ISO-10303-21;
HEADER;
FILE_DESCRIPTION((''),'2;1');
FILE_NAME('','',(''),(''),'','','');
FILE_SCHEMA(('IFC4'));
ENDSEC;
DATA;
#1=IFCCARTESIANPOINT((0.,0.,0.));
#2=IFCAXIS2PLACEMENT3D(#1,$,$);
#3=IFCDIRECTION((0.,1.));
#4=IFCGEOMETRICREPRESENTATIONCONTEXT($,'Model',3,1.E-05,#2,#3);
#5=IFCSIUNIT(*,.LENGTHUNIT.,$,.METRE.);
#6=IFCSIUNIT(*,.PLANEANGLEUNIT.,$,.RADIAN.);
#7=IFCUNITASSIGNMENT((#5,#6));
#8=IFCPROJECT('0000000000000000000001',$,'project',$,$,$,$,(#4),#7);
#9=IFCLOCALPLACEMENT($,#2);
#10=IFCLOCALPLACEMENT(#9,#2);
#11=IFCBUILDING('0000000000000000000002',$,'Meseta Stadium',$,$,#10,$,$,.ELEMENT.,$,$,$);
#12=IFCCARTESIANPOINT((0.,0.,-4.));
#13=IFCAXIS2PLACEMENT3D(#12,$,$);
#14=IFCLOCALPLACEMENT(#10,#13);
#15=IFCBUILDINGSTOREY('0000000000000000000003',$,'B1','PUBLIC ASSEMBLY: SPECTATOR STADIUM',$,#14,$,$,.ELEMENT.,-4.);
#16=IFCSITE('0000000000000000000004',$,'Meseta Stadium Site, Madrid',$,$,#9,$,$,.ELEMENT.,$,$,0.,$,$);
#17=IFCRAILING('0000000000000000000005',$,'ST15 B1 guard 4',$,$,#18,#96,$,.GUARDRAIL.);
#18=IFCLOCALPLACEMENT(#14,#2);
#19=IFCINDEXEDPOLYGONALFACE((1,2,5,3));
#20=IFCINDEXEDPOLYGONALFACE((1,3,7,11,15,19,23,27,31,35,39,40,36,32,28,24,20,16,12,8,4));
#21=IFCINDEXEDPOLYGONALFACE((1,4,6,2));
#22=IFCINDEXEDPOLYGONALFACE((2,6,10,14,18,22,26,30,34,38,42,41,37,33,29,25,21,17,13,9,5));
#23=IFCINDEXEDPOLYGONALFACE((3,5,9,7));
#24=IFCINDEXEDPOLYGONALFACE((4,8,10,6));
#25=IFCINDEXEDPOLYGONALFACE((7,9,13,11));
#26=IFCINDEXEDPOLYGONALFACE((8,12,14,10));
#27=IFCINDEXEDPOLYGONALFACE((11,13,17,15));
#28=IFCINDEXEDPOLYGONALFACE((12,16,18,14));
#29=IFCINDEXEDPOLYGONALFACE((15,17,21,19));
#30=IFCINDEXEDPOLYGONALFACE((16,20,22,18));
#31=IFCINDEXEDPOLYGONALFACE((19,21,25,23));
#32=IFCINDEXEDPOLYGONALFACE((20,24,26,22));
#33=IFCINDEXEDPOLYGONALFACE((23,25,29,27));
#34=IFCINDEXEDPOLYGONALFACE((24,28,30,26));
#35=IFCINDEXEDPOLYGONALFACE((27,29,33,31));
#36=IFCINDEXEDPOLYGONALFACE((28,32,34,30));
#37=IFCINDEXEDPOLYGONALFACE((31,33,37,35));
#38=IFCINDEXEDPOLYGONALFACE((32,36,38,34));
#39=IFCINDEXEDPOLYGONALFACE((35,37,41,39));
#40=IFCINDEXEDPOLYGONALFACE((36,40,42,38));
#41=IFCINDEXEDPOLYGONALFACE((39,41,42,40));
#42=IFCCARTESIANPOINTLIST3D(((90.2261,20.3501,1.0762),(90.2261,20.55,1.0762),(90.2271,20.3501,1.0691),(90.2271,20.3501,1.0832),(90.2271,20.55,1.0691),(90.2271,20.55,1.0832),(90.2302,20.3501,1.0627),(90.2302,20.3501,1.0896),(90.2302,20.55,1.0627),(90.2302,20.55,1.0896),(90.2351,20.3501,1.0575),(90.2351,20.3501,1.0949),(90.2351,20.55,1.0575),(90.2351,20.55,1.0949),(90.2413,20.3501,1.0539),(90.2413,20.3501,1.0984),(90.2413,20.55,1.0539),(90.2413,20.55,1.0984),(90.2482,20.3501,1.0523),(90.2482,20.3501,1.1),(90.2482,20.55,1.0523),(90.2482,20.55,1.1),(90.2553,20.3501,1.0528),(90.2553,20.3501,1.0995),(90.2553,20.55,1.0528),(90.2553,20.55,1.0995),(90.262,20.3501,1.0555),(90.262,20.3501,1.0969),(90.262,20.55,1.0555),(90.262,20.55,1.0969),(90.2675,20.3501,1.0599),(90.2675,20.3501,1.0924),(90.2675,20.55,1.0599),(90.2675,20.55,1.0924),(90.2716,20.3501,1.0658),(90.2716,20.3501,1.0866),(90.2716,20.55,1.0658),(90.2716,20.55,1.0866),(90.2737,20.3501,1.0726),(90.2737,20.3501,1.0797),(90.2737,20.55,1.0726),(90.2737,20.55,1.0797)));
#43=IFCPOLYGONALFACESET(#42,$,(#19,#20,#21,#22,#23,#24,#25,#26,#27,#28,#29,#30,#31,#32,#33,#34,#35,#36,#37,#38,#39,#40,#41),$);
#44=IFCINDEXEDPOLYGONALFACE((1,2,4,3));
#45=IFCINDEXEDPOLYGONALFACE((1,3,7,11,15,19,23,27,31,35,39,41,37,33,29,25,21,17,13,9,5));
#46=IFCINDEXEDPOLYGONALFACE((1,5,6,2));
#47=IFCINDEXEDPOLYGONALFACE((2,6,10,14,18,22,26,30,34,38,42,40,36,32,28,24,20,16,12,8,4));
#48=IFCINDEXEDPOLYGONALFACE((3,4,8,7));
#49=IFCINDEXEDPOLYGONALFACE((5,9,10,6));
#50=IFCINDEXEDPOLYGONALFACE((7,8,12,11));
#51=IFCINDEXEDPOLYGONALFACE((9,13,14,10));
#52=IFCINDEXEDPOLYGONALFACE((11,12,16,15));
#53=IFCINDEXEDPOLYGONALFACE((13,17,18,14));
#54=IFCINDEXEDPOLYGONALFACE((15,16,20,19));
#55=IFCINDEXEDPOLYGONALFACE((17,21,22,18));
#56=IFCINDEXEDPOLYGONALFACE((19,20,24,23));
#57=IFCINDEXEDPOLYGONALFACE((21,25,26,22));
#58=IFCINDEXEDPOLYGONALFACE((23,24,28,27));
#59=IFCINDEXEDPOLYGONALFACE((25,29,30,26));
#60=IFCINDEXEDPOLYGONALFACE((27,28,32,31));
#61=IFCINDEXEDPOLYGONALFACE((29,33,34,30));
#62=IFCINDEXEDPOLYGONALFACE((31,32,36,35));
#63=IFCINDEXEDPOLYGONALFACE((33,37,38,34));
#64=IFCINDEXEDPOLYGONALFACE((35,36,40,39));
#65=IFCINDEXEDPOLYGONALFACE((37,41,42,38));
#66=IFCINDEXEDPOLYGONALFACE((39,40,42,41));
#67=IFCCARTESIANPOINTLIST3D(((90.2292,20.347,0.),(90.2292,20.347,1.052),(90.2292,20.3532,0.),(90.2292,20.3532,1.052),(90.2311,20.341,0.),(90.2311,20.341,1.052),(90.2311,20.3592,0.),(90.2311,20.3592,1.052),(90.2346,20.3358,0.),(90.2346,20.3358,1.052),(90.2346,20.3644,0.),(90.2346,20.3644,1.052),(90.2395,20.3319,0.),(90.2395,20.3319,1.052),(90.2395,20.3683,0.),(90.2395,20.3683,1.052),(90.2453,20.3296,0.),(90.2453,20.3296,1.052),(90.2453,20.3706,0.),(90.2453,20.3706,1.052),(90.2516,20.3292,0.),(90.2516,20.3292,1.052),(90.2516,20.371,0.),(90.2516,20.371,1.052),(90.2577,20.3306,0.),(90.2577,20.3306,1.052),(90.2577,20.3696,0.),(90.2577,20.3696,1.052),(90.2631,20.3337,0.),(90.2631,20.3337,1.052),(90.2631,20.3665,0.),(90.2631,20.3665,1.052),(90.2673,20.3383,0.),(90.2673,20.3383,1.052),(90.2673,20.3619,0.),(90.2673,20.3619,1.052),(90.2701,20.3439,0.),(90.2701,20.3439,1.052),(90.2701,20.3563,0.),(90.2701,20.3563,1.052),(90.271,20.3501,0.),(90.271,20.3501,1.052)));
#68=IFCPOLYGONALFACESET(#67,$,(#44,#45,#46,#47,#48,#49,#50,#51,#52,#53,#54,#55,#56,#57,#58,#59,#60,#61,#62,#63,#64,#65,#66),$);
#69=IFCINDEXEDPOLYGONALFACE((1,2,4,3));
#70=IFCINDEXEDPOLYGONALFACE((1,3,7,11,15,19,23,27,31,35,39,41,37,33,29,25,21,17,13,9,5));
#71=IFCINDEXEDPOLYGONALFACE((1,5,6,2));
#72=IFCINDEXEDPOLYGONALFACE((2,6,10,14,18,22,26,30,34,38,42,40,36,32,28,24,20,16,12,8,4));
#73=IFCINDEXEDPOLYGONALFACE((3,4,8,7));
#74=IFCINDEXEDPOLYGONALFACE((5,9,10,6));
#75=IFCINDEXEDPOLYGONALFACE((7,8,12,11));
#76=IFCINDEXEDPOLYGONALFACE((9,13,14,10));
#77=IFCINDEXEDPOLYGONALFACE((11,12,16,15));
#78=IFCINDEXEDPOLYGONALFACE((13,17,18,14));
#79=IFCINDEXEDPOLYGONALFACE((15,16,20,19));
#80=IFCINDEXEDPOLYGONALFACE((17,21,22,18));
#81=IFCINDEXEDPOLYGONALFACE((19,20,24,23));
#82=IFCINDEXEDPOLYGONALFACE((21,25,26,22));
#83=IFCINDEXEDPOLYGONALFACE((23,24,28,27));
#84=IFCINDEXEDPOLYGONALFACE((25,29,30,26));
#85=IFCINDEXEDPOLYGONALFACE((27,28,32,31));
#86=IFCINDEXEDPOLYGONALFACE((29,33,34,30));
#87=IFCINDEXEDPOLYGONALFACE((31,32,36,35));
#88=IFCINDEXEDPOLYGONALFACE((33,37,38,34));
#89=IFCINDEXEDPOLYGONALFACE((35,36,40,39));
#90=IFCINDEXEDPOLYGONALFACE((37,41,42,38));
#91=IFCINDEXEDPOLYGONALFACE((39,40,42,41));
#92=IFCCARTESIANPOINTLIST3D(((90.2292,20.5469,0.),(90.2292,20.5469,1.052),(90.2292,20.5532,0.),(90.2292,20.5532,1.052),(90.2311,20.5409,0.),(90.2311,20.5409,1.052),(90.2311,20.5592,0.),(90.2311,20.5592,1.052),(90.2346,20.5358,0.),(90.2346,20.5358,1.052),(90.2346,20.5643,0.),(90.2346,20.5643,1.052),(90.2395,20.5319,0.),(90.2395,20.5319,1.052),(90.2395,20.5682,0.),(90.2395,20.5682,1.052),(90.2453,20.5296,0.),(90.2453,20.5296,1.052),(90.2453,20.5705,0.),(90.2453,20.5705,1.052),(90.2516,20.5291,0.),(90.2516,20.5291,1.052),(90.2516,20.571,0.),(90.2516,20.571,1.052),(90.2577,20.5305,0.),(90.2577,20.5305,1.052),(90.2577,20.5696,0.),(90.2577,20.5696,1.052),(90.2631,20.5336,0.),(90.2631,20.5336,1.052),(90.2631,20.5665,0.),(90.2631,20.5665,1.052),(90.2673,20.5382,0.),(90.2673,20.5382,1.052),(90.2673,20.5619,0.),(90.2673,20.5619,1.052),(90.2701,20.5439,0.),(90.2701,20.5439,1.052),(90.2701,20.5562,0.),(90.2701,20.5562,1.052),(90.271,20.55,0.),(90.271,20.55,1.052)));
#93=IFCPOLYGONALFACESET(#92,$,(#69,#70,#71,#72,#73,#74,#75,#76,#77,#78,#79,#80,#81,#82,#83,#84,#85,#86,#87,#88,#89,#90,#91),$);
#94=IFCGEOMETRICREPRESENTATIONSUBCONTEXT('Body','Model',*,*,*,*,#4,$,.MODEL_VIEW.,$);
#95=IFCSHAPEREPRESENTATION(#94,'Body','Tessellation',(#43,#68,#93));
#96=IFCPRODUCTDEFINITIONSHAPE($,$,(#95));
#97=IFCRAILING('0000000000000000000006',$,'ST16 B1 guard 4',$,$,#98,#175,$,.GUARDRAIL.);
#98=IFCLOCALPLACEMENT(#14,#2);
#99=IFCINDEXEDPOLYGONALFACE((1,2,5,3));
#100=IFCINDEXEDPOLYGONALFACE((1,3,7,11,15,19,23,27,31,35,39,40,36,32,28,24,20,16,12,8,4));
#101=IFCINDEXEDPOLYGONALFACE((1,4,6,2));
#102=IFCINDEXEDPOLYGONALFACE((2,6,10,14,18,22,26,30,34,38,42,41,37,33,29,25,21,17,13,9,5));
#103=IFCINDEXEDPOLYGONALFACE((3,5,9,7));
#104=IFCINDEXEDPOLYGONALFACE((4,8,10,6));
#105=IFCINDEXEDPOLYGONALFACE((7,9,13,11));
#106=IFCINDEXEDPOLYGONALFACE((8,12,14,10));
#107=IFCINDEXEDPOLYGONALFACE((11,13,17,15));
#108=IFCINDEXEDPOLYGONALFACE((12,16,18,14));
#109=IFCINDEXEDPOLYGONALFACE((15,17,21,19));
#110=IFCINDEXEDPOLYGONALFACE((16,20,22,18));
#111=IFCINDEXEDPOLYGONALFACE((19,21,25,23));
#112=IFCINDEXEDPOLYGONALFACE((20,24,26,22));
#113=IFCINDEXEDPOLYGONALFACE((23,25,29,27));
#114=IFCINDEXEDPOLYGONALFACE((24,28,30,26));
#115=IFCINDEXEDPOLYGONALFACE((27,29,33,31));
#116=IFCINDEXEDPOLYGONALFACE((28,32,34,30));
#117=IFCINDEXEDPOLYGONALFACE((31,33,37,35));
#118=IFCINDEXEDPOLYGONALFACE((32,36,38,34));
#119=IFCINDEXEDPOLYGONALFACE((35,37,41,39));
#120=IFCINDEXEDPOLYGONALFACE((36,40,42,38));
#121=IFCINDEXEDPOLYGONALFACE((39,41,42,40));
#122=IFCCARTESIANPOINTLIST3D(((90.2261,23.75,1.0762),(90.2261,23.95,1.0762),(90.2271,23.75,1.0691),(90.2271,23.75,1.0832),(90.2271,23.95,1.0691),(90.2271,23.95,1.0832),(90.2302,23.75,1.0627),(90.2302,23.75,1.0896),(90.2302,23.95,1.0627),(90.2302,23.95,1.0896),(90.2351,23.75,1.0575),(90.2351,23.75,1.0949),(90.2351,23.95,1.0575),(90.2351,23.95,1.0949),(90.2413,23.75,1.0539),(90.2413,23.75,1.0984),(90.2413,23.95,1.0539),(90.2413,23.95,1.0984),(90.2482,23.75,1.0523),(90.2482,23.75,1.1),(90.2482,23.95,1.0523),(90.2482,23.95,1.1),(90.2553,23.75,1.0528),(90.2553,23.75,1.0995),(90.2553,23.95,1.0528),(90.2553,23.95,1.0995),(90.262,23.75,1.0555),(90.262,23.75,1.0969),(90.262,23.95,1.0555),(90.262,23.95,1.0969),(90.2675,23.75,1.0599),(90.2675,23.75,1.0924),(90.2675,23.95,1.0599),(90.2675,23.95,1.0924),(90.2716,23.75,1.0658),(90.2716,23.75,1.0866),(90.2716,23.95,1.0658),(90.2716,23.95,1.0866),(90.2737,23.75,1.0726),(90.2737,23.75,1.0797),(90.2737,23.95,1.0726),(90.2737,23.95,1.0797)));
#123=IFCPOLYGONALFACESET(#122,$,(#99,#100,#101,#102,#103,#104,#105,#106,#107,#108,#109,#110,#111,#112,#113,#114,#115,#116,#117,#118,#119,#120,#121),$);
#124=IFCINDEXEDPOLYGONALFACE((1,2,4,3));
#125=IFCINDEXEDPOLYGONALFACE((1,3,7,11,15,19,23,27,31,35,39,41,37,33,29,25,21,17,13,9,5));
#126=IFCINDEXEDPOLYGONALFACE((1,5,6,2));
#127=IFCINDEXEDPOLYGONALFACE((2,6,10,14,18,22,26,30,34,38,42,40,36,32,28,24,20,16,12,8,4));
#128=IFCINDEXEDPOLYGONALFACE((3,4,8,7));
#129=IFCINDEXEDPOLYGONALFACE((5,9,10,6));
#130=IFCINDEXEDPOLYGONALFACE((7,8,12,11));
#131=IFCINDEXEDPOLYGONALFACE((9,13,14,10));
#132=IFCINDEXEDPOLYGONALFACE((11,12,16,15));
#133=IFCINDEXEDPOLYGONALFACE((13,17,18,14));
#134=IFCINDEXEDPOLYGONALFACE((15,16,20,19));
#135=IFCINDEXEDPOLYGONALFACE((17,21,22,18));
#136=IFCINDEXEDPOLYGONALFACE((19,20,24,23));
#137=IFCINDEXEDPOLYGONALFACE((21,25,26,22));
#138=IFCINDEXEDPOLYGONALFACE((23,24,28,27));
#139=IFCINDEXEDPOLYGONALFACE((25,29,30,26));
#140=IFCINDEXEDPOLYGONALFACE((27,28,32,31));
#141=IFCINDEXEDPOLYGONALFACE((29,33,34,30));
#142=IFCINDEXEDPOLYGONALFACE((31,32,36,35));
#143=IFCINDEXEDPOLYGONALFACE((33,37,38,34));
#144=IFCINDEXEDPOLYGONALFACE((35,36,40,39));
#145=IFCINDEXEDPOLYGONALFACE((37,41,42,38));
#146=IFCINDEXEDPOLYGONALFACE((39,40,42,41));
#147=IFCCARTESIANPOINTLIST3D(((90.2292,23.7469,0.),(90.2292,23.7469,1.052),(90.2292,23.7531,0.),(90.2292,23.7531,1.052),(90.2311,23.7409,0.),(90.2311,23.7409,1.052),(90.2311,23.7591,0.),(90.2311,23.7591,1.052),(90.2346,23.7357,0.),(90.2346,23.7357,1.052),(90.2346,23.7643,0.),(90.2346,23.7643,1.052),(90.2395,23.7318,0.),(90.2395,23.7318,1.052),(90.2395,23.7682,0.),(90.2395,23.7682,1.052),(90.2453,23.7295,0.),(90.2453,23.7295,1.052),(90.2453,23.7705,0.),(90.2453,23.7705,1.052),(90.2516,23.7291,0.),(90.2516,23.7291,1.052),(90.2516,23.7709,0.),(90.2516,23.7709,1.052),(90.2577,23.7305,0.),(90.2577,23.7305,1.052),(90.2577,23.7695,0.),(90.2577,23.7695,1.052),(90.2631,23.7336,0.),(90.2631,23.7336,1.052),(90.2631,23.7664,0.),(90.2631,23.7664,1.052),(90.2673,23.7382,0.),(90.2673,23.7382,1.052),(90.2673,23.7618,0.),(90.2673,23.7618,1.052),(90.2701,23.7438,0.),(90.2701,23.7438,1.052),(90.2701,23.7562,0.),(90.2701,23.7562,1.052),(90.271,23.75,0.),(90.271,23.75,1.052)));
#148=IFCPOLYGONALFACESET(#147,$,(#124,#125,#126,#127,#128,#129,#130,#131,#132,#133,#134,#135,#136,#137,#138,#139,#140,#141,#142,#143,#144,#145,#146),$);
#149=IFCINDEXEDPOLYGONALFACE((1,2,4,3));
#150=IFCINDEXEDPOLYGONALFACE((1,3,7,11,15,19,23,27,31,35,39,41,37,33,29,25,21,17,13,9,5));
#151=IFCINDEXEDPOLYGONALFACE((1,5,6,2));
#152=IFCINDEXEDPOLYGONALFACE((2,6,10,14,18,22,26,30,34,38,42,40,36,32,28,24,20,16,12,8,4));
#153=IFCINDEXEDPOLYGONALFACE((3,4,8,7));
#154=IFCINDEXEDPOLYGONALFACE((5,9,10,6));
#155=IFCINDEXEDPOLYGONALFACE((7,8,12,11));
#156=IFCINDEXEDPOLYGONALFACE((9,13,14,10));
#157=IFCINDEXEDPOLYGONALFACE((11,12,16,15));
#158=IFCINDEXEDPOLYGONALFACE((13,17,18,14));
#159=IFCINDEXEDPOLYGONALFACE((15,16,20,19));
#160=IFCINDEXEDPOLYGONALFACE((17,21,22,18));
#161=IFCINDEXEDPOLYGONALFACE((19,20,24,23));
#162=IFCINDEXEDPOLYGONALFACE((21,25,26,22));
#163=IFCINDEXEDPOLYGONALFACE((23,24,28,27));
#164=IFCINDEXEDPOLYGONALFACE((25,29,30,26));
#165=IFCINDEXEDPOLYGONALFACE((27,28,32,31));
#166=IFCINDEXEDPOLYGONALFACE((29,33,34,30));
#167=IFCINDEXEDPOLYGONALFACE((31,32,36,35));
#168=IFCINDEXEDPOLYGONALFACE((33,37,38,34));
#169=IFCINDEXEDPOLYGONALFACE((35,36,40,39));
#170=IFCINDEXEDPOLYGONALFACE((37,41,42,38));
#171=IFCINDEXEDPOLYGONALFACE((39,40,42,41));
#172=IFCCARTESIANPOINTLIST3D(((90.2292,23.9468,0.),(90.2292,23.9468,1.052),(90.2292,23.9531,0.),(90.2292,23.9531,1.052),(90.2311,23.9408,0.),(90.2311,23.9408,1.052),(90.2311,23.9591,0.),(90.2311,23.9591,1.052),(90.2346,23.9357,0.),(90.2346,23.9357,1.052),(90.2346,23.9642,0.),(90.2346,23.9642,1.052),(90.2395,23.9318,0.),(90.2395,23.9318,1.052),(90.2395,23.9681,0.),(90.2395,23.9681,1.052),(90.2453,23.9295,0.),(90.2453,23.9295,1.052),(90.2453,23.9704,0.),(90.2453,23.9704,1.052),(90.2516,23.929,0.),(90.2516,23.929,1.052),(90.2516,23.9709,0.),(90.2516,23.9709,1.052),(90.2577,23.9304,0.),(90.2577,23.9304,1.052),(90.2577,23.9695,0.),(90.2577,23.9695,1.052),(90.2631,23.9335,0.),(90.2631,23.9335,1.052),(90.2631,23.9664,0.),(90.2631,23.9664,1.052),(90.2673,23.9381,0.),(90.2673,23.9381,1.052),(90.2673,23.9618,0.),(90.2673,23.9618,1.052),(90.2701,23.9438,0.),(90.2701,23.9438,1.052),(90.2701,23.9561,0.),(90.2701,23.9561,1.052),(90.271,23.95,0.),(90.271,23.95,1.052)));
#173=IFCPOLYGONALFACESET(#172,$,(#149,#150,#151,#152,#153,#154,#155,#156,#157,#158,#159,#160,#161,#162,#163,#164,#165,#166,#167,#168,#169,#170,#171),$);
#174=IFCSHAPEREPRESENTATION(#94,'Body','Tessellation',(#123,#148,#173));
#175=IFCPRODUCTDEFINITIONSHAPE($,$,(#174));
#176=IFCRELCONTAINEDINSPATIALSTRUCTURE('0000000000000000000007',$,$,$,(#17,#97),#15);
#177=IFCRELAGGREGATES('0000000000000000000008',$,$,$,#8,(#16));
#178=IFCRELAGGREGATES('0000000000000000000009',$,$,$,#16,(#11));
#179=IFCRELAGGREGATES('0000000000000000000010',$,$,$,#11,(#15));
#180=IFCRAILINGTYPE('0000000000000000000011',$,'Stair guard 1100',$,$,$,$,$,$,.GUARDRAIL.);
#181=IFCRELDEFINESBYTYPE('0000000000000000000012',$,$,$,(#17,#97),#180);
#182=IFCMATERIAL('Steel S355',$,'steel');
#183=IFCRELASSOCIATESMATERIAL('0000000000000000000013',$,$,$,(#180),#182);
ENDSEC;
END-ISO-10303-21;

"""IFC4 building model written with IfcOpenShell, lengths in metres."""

from ifc_helpers import new_model, si_unit, direction, frame, origin, origin_2d, place, context, subcontext, project, spatial, circle, extrude, material, type_object, element, save


model = new_model("IFC4")

# Units and contexts
model_context = context("Model", 3, precision=1e-05, world=origin(), true_north=direction((0.0, 1.0)))
body_context = subcontext(model_context, "Body", "Model", "MODEL_VIEW")
ifc_project = project(units=[si_unit("LENGTHUNIT", "METRE"), si_unit("PLANEANGLEUNIT", "RADIAN")], contexts=[model_context])

# Site, building, storey
site_placement = place(None, origin())
site = spatial("IfcSite", under=ifc_project, at=site_placement, Name="Meseta Stadium Site, Madrid", CompositionType="ELEMENT", RefElevation=0.0)
building_placement = place(site_placement, origin())
building = spatial("IfcBuilding", under=site, at=building_placement, Name="Meseta Stadium", CompositionType="ELEMENT")
storey_placement = place(building_placement, frame((0.0, 0.0, -4.0)))
storey = spatial("IfcBuildingStorey", under=building, at=storey_placement, Name="B1", Description="PUBLIC ASSEMBLY: SPECTATOR STADIUM", CompositionType="ELEMENT", Elevation=-4.0)

# Railings
ifc_material_1 = material(Name="Steel S355", Category="steel")
railing_type_1 = type_object("IfcRailingType", Name="Stair guard 1100", PredefinedType="GUARDRAIL", material=ifc_material_1)
for number, where, name in (
    (1, (90.25, 20.3501, 0.0), "ST15 B1 guard 4"),
    (2, (90.25, 23.75, 0.0), "ST16 B1 guard 4"),
):
    element("IfcRailing", number, at=place(storey_placement, frame(where)), inside=storey, type_object=railing_type_1, Name=name, PredefinedType="GUARDRAIL", context=body_context, shape_type="SweptSolid", body=[
        extrude(circle(Radius=0.0239, at=origin_2d()), frame((0.0, 0.0, 1.0762), z_axis=(0.0, 1.0, 0.0), x_axis=(-1.0, 0.0, 0.0)), (0.0, 0.0, 1.0), 0.2),
        extrude(circle(Radius=0.021, at=origin_2d()), origin(), (0.0, 0.0, 1.0), 1.052),
        extrude(circle(Radius=0.021, at=origin_2d()), frame((0.0, 0.2, 0.0)), (0.0, 0.0, 1.0), 1.052),
    ])

save(model, "model.ifc")
